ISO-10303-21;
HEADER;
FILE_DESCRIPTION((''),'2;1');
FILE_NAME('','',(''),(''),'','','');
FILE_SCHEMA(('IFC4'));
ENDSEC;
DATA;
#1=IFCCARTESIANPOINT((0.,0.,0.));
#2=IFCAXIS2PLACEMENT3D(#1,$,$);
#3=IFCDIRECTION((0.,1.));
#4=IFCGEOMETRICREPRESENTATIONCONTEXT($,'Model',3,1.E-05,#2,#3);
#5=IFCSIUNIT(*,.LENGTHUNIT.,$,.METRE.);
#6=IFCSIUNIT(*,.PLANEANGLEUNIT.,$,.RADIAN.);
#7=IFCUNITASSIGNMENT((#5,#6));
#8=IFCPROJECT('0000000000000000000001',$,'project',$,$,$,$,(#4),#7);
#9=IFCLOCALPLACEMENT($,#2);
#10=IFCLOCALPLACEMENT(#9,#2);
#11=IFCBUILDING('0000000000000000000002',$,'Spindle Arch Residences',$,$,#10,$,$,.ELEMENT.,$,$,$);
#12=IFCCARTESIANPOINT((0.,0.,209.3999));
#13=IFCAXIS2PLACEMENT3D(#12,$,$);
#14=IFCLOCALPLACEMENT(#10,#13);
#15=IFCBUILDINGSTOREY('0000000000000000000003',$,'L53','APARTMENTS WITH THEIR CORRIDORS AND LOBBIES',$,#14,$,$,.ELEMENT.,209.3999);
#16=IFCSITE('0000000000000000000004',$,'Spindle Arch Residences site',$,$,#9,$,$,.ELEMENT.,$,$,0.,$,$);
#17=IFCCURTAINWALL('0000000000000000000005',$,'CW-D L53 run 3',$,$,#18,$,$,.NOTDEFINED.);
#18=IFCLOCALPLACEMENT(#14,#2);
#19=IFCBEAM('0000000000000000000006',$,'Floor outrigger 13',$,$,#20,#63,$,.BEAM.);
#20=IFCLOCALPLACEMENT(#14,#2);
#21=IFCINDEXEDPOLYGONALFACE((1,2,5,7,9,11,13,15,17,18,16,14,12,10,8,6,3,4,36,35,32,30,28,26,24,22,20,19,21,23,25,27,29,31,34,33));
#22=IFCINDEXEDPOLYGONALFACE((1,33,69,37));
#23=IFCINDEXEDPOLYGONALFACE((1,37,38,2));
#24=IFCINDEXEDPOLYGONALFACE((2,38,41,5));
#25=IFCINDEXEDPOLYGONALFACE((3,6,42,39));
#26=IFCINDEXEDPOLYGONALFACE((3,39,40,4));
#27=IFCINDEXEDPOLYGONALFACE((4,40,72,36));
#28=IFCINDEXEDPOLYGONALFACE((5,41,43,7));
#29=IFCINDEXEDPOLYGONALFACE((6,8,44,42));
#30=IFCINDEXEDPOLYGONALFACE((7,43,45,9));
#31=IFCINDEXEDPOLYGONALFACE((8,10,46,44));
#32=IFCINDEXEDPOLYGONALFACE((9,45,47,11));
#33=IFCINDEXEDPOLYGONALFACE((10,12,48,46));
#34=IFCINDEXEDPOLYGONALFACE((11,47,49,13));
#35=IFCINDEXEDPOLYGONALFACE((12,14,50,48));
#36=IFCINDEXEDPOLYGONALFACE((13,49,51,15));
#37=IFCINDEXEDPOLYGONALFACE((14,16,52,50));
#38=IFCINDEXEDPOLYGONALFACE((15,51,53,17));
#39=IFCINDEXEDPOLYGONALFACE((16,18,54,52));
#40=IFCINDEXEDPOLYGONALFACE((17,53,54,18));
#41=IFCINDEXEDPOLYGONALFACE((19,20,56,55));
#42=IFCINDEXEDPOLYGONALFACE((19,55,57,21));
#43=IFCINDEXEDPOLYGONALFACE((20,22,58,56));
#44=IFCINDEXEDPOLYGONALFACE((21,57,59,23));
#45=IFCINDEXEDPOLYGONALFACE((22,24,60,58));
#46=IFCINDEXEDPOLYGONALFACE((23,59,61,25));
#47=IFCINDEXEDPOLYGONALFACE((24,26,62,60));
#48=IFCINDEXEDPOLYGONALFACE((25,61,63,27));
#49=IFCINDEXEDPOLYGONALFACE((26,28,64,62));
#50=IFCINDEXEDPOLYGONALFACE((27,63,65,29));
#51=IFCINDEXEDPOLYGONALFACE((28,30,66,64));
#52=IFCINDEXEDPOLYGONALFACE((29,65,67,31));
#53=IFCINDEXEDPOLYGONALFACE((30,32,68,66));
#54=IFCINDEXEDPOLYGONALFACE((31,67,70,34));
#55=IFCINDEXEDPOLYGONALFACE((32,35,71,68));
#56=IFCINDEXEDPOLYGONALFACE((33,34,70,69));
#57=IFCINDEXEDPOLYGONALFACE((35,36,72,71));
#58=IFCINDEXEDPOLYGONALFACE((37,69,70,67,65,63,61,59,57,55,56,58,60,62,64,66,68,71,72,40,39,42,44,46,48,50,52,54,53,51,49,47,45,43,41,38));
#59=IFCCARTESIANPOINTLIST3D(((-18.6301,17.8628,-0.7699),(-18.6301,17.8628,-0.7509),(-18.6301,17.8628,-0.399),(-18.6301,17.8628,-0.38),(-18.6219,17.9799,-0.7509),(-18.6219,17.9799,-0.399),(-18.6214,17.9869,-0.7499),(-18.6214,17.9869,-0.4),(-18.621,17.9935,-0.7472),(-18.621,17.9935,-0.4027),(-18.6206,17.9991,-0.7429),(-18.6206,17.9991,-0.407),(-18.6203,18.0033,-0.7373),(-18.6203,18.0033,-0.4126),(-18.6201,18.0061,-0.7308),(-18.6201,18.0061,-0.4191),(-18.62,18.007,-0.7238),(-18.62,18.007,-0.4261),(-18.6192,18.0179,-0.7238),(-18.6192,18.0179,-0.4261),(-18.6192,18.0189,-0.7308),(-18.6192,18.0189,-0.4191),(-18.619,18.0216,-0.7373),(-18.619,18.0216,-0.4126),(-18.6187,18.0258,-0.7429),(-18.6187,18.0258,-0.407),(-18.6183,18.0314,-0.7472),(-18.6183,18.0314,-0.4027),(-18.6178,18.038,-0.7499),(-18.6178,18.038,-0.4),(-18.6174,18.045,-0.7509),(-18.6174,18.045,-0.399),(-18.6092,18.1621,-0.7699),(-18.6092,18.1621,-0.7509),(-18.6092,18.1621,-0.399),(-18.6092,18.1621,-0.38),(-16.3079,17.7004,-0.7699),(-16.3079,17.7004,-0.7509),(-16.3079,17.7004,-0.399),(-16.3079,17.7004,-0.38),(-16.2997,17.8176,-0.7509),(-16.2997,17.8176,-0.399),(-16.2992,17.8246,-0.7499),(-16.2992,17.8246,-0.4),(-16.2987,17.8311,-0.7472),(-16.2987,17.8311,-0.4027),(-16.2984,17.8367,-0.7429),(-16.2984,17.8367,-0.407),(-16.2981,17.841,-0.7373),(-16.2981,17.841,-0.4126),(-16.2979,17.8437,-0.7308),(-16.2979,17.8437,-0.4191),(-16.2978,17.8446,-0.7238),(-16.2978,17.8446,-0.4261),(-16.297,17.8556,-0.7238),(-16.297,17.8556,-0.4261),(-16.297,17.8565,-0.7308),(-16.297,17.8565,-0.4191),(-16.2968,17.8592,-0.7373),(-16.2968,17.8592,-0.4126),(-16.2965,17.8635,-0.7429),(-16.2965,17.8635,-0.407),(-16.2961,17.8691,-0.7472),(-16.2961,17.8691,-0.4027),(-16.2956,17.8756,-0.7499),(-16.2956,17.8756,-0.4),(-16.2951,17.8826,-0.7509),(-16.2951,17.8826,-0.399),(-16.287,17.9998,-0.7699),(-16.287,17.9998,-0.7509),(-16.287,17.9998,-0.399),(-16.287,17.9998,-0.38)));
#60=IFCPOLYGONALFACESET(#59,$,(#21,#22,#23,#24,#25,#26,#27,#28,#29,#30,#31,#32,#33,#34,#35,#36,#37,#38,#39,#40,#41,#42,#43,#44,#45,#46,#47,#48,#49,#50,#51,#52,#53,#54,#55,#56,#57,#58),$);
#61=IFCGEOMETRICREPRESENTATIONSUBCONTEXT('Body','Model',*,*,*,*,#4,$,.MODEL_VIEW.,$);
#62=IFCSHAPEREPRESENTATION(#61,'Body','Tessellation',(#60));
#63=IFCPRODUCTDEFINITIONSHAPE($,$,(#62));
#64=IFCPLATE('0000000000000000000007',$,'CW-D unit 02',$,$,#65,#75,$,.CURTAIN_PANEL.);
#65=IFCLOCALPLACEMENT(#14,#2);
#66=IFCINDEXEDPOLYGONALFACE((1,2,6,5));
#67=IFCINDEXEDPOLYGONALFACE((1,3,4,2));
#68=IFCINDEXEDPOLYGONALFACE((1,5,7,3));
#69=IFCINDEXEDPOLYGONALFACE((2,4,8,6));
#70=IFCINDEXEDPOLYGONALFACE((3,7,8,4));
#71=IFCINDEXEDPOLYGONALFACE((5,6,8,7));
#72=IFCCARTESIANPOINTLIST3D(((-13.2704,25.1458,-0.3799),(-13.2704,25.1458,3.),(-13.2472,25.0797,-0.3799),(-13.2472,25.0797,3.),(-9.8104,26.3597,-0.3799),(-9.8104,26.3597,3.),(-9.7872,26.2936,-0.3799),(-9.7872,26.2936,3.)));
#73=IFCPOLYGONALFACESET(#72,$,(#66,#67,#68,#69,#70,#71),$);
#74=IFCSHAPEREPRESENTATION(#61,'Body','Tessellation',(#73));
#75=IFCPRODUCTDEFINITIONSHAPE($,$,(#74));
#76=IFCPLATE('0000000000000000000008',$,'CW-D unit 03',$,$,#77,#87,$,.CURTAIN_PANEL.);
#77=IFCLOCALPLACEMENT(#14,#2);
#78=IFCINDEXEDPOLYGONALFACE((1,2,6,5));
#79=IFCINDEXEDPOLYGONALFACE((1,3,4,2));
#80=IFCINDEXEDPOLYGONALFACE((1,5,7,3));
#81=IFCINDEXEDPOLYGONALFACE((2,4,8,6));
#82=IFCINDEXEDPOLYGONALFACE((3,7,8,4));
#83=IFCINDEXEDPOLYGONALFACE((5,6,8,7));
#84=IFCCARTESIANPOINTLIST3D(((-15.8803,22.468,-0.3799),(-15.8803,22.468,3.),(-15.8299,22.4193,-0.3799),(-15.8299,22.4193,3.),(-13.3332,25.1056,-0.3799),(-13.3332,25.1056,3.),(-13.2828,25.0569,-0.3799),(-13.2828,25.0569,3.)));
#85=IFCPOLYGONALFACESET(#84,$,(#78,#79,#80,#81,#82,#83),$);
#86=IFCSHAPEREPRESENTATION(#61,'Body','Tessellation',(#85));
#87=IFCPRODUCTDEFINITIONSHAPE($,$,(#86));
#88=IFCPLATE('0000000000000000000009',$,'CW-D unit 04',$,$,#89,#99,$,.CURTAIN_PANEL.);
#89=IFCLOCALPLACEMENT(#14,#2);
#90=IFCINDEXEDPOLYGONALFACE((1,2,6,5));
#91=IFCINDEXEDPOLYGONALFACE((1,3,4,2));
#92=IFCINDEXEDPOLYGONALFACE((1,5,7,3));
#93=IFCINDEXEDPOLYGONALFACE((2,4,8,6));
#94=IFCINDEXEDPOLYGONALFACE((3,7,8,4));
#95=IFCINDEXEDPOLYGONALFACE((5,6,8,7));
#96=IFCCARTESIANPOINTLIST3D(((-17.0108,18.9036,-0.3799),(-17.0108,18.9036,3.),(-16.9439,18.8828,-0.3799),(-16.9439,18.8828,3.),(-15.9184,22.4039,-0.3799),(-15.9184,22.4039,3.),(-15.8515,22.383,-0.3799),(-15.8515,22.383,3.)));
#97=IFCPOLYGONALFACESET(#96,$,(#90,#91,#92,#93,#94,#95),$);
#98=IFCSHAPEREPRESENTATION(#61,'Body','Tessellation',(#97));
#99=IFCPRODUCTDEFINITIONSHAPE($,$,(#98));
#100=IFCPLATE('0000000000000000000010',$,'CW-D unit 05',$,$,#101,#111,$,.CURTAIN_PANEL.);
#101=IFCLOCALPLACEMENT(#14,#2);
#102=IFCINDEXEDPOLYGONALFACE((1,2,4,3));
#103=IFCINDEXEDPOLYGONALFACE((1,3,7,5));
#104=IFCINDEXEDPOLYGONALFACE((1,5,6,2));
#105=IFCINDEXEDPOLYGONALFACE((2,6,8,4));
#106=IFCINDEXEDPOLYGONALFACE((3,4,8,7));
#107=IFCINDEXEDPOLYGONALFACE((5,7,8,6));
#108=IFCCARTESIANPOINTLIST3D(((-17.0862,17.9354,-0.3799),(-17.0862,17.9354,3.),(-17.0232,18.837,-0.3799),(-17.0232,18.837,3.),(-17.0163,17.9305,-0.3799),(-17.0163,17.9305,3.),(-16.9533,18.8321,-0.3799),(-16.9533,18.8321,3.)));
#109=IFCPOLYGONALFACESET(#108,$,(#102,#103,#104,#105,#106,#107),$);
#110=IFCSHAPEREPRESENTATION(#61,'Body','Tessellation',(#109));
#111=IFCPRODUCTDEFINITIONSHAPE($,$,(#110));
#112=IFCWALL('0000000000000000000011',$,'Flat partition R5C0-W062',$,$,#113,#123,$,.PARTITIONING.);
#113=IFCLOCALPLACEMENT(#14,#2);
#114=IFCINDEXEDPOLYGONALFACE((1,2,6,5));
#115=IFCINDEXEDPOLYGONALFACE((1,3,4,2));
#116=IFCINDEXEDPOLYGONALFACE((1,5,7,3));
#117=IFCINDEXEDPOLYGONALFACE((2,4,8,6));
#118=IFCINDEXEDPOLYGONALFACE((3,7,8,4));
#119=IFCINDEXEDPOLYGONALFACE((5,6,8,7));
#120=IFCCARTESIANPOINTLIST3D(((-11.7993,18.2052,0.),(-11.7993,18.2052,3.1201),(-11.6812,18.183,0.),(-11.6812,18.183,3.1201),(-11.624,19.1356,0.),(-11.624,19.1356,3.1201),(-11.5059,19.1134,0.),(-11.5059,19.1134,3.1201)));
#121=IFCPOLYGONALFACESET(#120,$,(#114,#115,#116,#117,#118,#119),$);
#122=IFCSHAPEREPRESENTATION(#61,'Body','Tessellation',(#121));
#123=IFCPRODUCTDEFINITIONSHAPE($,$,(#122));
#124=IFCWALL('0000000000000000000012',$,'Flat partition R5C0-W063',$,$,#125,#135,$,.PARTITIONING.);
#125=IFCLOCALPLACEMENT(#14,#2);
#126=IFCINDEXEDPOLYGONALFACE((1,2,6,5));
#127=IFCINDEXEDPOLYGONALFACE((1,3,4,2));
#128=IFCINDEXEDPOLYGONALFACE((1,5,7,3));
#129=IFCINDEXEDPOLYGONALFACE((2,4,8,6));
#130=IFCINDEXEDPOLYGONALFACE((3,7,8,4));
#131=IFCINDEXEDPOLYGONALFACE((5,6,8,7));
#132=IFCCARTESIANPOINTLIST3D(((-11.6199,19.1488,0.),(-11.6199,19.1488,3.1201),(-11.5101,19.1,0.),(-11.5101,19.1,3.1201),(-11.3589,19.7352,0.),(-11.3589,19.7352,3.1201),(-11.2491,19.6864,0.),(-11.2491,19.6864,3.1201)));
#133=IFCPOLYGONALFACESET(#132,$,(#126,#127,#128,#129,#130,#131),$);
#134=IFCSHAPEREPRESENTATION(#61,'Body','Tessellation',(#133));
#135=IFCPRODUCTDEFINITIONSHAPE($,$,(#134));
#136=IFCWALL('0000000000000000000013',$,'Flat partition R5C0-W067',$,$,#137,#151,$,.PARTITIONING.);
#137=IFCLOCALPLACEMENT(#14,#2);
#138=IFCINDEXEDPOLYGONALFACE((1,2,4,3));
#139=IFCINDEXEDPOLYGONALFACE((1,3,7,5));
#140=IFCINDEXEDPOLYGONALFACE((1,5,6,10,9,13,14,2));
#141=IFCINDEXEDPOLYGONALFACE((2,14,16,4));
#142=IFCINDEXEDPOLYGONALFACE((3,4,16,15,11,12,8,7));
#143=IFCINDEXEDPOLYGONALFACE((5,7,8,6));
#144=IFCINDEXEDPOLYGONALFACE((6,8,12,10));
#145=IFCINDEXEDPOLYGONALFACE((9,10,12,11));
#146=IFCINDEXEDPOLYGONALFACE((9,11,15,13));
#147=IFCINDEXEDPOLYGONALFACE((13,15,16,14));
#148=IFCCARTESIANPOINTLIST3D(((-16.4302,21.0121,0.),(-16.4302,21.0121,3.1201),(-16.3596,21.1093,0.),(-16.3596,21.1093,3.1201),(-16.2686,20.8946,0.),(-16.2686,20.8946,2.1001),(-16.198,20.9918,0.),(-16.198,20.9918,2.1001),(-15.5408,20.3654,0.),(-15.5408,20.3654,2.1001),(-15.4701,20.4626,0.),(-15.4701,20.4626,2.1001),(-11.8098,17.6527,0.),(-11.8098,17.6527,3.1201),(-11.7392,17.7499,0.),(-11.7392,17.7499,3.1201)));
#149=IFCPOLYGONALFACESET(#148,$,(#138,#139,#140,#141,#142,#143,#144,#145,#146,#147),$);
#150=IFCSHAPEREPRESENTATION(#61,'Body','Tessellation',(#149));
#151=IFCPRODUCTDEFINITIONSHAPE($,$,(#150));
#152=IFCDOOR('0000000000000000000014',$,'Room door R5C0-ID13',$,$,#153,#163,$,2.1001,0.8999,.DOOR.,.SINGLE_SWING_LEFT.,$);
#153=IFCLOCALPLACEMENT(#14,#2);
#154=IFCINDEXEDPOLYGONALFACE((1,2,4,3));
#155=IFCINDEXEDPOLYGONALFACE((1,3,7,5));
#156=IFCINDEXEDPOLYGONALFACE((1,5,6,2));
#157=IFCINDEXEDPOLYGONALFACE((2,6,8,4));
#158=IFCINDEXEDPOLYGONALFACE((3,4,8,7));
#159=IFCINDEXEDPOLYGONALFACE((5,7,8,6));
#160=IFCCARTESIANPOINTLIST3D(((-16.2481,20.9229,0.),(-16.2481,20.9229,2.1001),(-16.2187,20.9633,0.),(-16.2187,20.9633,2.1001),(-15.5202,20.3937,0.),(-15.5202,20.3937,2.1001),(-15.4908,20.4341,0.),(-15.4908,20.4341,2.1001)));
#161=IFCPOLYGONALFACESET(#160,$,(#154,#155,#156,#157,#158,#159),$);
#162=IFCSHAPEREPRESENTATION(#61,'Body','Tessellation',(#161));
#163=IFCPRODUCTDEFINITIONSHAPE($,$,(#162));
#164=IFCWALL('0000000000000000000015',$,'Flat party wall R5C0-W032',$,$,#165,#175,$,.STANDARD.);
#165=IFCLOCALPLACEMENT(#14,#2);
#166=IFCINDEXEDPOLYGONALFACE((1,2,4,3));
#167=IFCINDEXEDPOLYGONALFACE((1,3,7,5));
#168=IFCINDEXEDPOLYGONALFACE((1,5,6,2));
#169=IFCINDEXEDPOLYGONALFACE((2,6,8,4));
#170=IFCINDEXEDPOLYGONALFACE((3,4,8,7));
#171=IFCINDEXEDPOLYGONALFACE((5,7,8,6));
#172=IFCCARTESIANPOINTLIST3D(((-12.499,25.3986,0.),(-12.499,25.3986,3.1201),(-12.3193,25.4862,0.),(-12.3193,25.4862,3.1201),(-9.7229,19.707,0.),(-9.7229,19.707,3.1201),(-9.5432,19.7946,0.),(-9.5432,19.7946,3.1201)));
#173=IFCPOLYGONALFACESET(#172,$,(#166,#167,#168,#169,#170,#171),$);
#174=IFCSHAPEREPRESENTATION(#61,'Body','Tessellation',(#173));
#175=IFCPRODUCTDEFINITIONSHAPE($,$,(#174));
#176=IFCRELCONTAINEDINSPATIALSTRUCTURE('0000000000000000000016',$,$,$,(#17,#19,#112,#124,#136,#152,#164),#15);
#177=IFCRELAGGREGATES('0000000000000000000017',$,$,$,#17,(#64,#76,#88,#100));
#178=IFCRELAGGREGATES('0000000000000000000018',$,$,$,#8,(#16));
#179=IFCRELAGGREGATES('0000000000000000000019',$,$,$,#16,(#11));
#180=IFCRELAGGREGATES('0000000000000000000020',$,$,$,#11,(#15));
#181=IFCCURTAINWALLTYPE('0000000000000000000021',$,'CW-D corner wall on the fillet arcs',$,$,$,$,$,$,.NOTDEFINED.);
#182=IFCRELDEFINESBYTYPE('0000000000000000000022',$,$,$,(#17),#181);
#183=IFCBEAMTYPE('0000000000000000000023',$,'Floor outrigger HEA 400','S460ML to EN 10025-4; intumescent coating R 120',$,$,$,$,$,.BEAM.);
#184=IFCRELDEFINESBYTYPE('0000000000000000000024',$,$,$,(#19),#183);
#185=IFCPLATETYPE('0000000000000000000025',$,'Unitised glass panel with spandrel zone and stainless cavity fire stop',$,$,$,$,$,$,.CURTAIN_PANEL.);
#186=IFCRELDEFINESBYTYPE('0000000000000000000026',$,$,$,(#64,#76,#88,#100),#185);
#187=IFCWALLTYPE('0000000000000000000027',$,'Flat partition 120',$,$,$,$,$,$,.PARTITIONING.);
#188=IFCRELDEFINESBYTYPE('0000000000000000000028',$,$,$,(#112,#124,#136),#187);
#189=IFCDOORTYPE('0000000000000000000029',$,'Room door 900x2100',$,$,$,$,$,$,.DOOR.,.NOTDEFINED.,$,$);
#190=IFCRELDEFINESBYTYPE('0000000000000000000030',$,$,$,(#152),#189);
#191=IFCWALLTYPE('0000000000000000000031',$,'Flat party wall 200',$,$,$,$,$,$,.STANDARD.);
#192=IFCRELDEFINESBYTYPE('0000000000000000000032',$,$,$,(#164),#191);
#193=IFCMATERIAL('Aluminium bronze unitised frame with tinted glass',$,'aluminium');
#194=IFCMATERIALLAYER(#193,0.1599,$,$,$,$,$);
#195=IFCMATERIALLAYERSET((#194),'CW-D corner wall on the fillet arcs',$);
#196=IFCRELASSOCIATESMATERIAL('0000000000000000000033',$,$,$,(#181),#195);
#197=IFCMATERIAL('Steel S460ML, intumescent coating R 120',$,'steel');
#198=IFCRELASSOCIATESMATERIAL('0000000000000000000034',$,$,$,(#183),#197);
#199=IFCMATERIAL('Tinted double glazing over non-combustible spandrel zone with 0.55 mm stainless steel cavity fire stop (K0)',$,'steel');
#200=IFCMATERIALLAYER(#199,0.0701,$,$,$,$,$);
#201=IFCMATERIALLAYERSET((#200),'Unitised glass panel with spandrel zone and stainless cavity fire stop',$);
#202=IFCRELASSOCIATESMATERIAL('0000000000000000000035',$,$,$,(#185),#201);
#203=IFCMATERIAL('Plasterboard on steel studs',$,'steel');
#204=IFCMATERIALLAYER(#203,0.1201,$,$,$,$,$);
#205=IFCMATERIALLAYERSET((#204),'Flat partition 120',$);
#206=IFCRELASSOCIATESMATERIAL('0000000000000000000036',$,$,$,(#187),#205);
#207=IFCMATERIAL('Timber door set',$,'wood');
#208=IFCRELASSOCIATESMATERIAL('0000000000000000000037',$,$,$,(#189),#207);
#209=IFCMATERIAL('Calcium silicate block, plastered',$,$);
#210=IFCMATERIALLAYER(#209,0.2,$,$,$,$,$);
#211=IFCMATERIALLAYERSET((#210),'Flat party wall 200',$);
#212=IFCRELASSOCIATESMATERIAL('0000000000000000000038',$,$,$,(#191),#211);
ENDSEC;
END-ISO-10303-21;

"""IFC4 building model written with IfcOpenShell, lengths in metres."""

from ifc_helpers import new_model, si_unit, direction, frame, frame_2d, origin, origin_2d, place, context, subcontext, project, spatial, rectangle, i_section, extrude, material, layer, layer_set, material_profile, profile_set, type_object, element, fill, aggregate, save


model = new_model("IFC4")

# Units and contexts
model_context = context("Model", 3, precision=1e-05, world=origin(), true_north=direction((0.0, 1.0)))
body_context = subcontext(model_context, "Body", "Model", "MODEL_VIEW")
ifc_project = project(units=[si_unit("LENGTHUNIT", "METRE"), si_unit("PLANEANGLEUNIT", "RADIAN")], contexts=[model_context])

# Site, building, storey
site_placement = place(None, origin())
site = spatial("IfcSite", under=ifc_project, at=site_placement, Name="Spindle Arch Residences site", CompositionType="ELEMENT", RefElevation=0.0)
building_placement = place(site_placement, origin())
building = spatial("IfcBuilding", under=site, at=building_placement, Name="Spindle Arch Residences", CompositionType="ELEMENT")
storey_placement = place(building_placement, frame((0.0, 0.0, 209.3999)))
storey = spatial("IfcBuildingStorey", under=building, at=storey_placement, Name="L53", Description="APARTMENTS WITH THEIR CORRIDORS AND LOBBIES", CompositionType="ELEMENT", Elevation=209.3999)

# Curtain wall
ifc_material_1 = material(Name="Aluminium bronze unitised frame with tinted glass", Category="aluminium")
ifc_layer_1 = layer(ifc_material_1, 0.1599)
ifc_layer_set_1 = layer_set([ifc_layer_1], Name="CW-D corner wall on the fillet arcs")
curtain_wall_type_1 = type_object("IfcCurtainWallType", Name="CW-D corner wall on the fillet arcs", PredefinedType="NOTDEFINED", material=ifc_layer_set_1)
curtain_wall_1_placement = place(storey_placement, origin())
curtain_wall_1 = element("IfcCurtainWall", 1, at=curtain_wall_1_placement, inside=storey, type_object=curtain_wall_type_1, Name="CW-D L53 run 3", PredefinedType="NOTDEFINED")

# Beam
ifc_material_2 = material(Name="Steel S460ML, intumescent coating R 120", Category="steel")
ifc_material_profile_1 = material_profile(ifc_material_2, i_section(OverallWidth=0.3, OverallDepth=0.3899, WebThickness=0.011, FlangeThickness=0.019, FilletRadius=0.0271, at=origin_2d()), Name="HEA 400")
ifc_profile_set_1 = profile_set([ifc_material_profile_1], Name="Steel S460ML, intumescent coating R 120")
beam_type_1 = type_object("IfcBeamType", Name="Floor outrigger HEA 400", Description="S460ML to EN 10025-4; intumescent coating R 120", PredefinedType="BEAM", material=ifc_profile_set_1)
beam_1_placement = place(storey_placement, frame((-18.6196, 18.0125, -0.575), z_axis=(0.997565, -0.069741, 0.0), x_axis=(0.069741, 0.997565, 0.0)))
element("IfcBeam", 2, at=beam_1_placement, inside=storey, type_object=beam_type_1, Name="Floor outrigger 13", PredefinedType="BEAM", context=body_context, shape_type="SweptSolid", body=[
    extrude(i_section(OverallWidth=0.3, OverallDepth=0.3899, WebThickness=0.011, FlangeThickness=0.019, FilletRadius=0.0271, at=origin_2d()), origin(), (0.0, 0.0, 1.0), 2.3279),
])

# Plates
ifc_material_3 = material(Name="Tinted double glazing over non-combustible spandrel zone with 0.55 mm stainless steel cavity fire stop (K0)", Category="steel")
ifc_layer_2 = layer(ifc_material_3, 0.0701)
ifc_layer_set_2 = layer_set([ifc_layer_2], Name="Unitised glass panel with spandrel zone and stainless cavity fire stop")
plate_type = type_object("IfcPlateType", Name="Unitised glass panel with spandrel zone and stainless cavity fire stop", PredefinedType="CURTAIN_PANEL", material=ifc_layer_set_2)
plate_1_placement = place(storey_placement, frame((-11.5288, 25.7197, -0.3799), z_axis=(0.0, 0.0, 1.0), x_axis=(-0.943609, -0.331063, 0.0)))
plate_1 = element("IfcPlate", 3, at=plate_1_placement, type_object=plate_type, Name="CW-D unit 02", PredefinedType="CURTAIN_PANEL", context=body_context, shape_type="SweptSolid", body=[
    extrude(rectangle(XDim=3.6667, YDim=0.0701, at=origin_2d()), origin(), (0.0, 0.0, 1.0), 3.3799),
])
plate_2_placement = place(storey_placement, frame((-14.5815, 23.7625, -0.3799), z_axis=(0.0, 0.0, 1.0), x_axis=(-0.694658, -0.71934, 0.0)))
plate_2 = element("IfcPlate", 4, at=plate_2_placement, type_object=plate_type, Name="CW-D unit 03", PredefinedType="CURTAIN_PANEL", context=body_context, shape_type="SweptSolid", body=[
    extrude(rectangle(XDim=3.6667, YDim=0.0701, at=origin_2d()), origin(), (0.0, 0.0, 1.0), 3.3799),
])
plate_3_placement = place(storey_placement, frame((-16.4312, 20.6433, -0.3799), z_axis=(0.0, 0.0, 1.0), x_axis=(-0.29793, -0.954588, 0.0)))
plate_3 = element("IfcPlate", 5, at=plate_3_placement, type_object=plate_type, Name="CW-D unit 04", PredefinedType="CURTAIN_PANEL", context=body_context, shape_type="SweptSolid", body=[
    extrude(rectangle(XDim=3.6667, YDim=0.0701, at=origin_2d()), origin(), (0.0, 0.0, 1.0), 3.3799),
])
plate_4_placement = place(storey_placement, frame((-17.0198, 18.3838, -0.3799), z_axis=(0.0, 0.0, 1.0), x_axis=(-0.069756, -0.997564, 0.0)))
plate_4 = element("IfcPlate", 6, at=plate_4_placement, type_object=plate_type, Name="CW-D unit 05", PredefinedType="CURTAIN_PANEL", context=body_context, shape_type="SweptSolid", body=[
    extrude(rectangle(XDim=0.9038, YDim=0.0701, at=origin_2d()), origin(), (0.0, 0.0, 1.0), 3.3799),
])
aggregate(curtain_wall_1, [plate_1, plate_2, plate_3, plate_4])

# Walls
ifc_material_4 = material(Name="Plasterboard on steel studs", Category="steel")
ifc_layer_3 = layer(ifc_material_4, 0.1201)
ifc_layer_set_3 = layer_set([ifc_layer_3], Name="Flat partition 120")
wall_type_1 = type_object("IfcWallType", Name="Flat partition 120", PredefinedType="PARTITIONING", material=ifc_layer_set_3)
wall_1_placement = place(storey_placement, frame((-11.7402, 18.1941, 0.0), z_axis=(0.0, 0.0, 1.0), x_axis=(0.185145, 0.982711, 0.0)))
element("IfcWall", 7, at=wall_1_placement, inside=storey, type_object=wall_type_1, Name="Flat partition R5C0-W062", PredefinedType="PARTITIONING", context=body_context, shape_type="SweptSolid", body=[
    extrude(rectangle(XDim=0.9468, YDim=0.1201, at=frame_2d((0.4734, 0.0))), origin(), (0.0, 0.0, 1.0), 3.1201),
])
wall_2_placement = place(storey_placement, frame((-11.5649, 19.1245, 0.0), z_axis=(0.0, 0.0, 1.0), x_axis=(0.406597, 0.913608, 0.0)))
element("IfcWall", 8, at=wall_2_placement, inside=storey, type_object=wall_type_1, Name="Flat partition R5C0-W063", PredefinedType="PARTITIONING", context=body_context, shape_type="SweptSolid", body=[
    extrude(rectangle(XDim=0.6418, YDim=0.1201, at=frame_2d((0.3208, 0.0))), origin(), (0.0, 0.0, 1.0), 3.1201),
])

# Wall, opening, door
wall_3_placement = place(storey_placement, frame((-16.395, 21.0608, 0.0), z_axis=(0.0, 0.0, 1.0), x_axis=(0.80881, -0.58807, 0.0)))
wall_3 = element("IfcWall", 9, at=wall_3_placement, inside=storey, type_object=wall_type_1, Name="Flat partition R5C0-W067", PredefinedType="PARTITIONING", context=body_context, shape_type="SweptSolid", body=[
    extrude(rectangle(XDim=5.7126, YDim=0.1201, at=frame_2d((2.8564, 0.0))), origin(), (0.0, 0.0, 1.0), 3.1201),
])
opening_placement = place(wall_3_placement, frame((0.2, 0.0, 0.0)))
opening = element("IfcOpeningElement", 10, at=opening_placement, cuts=wall_3, PredefinedType="OPENING", context=body_context, shape_type="SweptSolid", body=[
    extrude(rectangle(XDim=0.8999, YDim=2.1001, at=frame_2d((0.45, 1.05))), frame((0.0, 0.0701, 0.0), z_axis=(0.0, -1.0, 0.0), x_axis=(1.0, 0.0, 0.0)), (0.0, 0.0, 1.0), 0.1401),
])
ifc_material_5 = material(Name="Timber door set", Category="wood")
door_type = type_object("IfcDoorType", Name="Room door 900x2100", OperationType="NOTDEFINED", PredefinedType="DOOR", material=ifc_material_5)
door_placement = place(opening_placement, origin())
door = element("IfcDoor", 11, at=door_placement, inside=storey, type_object=door_type, Name="Room door R5C0-ID13", OperationType="SINGLE_SWING_LEFT", OverallHeight=2.1001, OverallWidth=0.8999, PredefinedType="DOOR", context=body_context, shape_type="SweptSolid", body=[
    extrude(rectangle(XDim=0.8999, YDim=2.1001, at=frame_2d((0.45, 1.05))), frame((0.0, 0.0249, 0.0), z_axis=(0.0, -1.0, 0.0), x_axis=(1.0, 0.0, 0.0)), (0.0, 0.0, 1.0), 0.05),
])
fill(opening, door)

# Wall
ifc_material_6 = material(Name="Calcium silicate block, plastered")
ifc_layer_4 = layer(ifc_material_6, 0.2)
ifc_layer_set_4 = layer_set([ifc_layer_4], Name="Flat party wall 200")
wall_type_2 = type_object("IfcWallType", Name="Flat party wall 200", PredefinedType="STANDARD", material=ifc_layer_set_4)
wall_4_placement = place(storey_placement, frame((-12.4092, 25.4424, 0.0), z_axis=(0.0, 0.0, 1.0), x_axis=(0.438386, -0.898787, 0.0)))
element("IfcWall", 12, at=wall_4_placement, inside=storey, type_object=wall_type_2, Name="Flat party wall R5C0-W032", PredefinedType="STANDARD", context=body_context, shape_type="SweptSolid", body=[
    extrude(rectangle(XDim=6.3325, YDim=0.2, at=frame_2d((3.1663, 0.0))), origin(), (0.0, 0.0, 1.0), 3.1201),
])

save(model, "model.ifc")
